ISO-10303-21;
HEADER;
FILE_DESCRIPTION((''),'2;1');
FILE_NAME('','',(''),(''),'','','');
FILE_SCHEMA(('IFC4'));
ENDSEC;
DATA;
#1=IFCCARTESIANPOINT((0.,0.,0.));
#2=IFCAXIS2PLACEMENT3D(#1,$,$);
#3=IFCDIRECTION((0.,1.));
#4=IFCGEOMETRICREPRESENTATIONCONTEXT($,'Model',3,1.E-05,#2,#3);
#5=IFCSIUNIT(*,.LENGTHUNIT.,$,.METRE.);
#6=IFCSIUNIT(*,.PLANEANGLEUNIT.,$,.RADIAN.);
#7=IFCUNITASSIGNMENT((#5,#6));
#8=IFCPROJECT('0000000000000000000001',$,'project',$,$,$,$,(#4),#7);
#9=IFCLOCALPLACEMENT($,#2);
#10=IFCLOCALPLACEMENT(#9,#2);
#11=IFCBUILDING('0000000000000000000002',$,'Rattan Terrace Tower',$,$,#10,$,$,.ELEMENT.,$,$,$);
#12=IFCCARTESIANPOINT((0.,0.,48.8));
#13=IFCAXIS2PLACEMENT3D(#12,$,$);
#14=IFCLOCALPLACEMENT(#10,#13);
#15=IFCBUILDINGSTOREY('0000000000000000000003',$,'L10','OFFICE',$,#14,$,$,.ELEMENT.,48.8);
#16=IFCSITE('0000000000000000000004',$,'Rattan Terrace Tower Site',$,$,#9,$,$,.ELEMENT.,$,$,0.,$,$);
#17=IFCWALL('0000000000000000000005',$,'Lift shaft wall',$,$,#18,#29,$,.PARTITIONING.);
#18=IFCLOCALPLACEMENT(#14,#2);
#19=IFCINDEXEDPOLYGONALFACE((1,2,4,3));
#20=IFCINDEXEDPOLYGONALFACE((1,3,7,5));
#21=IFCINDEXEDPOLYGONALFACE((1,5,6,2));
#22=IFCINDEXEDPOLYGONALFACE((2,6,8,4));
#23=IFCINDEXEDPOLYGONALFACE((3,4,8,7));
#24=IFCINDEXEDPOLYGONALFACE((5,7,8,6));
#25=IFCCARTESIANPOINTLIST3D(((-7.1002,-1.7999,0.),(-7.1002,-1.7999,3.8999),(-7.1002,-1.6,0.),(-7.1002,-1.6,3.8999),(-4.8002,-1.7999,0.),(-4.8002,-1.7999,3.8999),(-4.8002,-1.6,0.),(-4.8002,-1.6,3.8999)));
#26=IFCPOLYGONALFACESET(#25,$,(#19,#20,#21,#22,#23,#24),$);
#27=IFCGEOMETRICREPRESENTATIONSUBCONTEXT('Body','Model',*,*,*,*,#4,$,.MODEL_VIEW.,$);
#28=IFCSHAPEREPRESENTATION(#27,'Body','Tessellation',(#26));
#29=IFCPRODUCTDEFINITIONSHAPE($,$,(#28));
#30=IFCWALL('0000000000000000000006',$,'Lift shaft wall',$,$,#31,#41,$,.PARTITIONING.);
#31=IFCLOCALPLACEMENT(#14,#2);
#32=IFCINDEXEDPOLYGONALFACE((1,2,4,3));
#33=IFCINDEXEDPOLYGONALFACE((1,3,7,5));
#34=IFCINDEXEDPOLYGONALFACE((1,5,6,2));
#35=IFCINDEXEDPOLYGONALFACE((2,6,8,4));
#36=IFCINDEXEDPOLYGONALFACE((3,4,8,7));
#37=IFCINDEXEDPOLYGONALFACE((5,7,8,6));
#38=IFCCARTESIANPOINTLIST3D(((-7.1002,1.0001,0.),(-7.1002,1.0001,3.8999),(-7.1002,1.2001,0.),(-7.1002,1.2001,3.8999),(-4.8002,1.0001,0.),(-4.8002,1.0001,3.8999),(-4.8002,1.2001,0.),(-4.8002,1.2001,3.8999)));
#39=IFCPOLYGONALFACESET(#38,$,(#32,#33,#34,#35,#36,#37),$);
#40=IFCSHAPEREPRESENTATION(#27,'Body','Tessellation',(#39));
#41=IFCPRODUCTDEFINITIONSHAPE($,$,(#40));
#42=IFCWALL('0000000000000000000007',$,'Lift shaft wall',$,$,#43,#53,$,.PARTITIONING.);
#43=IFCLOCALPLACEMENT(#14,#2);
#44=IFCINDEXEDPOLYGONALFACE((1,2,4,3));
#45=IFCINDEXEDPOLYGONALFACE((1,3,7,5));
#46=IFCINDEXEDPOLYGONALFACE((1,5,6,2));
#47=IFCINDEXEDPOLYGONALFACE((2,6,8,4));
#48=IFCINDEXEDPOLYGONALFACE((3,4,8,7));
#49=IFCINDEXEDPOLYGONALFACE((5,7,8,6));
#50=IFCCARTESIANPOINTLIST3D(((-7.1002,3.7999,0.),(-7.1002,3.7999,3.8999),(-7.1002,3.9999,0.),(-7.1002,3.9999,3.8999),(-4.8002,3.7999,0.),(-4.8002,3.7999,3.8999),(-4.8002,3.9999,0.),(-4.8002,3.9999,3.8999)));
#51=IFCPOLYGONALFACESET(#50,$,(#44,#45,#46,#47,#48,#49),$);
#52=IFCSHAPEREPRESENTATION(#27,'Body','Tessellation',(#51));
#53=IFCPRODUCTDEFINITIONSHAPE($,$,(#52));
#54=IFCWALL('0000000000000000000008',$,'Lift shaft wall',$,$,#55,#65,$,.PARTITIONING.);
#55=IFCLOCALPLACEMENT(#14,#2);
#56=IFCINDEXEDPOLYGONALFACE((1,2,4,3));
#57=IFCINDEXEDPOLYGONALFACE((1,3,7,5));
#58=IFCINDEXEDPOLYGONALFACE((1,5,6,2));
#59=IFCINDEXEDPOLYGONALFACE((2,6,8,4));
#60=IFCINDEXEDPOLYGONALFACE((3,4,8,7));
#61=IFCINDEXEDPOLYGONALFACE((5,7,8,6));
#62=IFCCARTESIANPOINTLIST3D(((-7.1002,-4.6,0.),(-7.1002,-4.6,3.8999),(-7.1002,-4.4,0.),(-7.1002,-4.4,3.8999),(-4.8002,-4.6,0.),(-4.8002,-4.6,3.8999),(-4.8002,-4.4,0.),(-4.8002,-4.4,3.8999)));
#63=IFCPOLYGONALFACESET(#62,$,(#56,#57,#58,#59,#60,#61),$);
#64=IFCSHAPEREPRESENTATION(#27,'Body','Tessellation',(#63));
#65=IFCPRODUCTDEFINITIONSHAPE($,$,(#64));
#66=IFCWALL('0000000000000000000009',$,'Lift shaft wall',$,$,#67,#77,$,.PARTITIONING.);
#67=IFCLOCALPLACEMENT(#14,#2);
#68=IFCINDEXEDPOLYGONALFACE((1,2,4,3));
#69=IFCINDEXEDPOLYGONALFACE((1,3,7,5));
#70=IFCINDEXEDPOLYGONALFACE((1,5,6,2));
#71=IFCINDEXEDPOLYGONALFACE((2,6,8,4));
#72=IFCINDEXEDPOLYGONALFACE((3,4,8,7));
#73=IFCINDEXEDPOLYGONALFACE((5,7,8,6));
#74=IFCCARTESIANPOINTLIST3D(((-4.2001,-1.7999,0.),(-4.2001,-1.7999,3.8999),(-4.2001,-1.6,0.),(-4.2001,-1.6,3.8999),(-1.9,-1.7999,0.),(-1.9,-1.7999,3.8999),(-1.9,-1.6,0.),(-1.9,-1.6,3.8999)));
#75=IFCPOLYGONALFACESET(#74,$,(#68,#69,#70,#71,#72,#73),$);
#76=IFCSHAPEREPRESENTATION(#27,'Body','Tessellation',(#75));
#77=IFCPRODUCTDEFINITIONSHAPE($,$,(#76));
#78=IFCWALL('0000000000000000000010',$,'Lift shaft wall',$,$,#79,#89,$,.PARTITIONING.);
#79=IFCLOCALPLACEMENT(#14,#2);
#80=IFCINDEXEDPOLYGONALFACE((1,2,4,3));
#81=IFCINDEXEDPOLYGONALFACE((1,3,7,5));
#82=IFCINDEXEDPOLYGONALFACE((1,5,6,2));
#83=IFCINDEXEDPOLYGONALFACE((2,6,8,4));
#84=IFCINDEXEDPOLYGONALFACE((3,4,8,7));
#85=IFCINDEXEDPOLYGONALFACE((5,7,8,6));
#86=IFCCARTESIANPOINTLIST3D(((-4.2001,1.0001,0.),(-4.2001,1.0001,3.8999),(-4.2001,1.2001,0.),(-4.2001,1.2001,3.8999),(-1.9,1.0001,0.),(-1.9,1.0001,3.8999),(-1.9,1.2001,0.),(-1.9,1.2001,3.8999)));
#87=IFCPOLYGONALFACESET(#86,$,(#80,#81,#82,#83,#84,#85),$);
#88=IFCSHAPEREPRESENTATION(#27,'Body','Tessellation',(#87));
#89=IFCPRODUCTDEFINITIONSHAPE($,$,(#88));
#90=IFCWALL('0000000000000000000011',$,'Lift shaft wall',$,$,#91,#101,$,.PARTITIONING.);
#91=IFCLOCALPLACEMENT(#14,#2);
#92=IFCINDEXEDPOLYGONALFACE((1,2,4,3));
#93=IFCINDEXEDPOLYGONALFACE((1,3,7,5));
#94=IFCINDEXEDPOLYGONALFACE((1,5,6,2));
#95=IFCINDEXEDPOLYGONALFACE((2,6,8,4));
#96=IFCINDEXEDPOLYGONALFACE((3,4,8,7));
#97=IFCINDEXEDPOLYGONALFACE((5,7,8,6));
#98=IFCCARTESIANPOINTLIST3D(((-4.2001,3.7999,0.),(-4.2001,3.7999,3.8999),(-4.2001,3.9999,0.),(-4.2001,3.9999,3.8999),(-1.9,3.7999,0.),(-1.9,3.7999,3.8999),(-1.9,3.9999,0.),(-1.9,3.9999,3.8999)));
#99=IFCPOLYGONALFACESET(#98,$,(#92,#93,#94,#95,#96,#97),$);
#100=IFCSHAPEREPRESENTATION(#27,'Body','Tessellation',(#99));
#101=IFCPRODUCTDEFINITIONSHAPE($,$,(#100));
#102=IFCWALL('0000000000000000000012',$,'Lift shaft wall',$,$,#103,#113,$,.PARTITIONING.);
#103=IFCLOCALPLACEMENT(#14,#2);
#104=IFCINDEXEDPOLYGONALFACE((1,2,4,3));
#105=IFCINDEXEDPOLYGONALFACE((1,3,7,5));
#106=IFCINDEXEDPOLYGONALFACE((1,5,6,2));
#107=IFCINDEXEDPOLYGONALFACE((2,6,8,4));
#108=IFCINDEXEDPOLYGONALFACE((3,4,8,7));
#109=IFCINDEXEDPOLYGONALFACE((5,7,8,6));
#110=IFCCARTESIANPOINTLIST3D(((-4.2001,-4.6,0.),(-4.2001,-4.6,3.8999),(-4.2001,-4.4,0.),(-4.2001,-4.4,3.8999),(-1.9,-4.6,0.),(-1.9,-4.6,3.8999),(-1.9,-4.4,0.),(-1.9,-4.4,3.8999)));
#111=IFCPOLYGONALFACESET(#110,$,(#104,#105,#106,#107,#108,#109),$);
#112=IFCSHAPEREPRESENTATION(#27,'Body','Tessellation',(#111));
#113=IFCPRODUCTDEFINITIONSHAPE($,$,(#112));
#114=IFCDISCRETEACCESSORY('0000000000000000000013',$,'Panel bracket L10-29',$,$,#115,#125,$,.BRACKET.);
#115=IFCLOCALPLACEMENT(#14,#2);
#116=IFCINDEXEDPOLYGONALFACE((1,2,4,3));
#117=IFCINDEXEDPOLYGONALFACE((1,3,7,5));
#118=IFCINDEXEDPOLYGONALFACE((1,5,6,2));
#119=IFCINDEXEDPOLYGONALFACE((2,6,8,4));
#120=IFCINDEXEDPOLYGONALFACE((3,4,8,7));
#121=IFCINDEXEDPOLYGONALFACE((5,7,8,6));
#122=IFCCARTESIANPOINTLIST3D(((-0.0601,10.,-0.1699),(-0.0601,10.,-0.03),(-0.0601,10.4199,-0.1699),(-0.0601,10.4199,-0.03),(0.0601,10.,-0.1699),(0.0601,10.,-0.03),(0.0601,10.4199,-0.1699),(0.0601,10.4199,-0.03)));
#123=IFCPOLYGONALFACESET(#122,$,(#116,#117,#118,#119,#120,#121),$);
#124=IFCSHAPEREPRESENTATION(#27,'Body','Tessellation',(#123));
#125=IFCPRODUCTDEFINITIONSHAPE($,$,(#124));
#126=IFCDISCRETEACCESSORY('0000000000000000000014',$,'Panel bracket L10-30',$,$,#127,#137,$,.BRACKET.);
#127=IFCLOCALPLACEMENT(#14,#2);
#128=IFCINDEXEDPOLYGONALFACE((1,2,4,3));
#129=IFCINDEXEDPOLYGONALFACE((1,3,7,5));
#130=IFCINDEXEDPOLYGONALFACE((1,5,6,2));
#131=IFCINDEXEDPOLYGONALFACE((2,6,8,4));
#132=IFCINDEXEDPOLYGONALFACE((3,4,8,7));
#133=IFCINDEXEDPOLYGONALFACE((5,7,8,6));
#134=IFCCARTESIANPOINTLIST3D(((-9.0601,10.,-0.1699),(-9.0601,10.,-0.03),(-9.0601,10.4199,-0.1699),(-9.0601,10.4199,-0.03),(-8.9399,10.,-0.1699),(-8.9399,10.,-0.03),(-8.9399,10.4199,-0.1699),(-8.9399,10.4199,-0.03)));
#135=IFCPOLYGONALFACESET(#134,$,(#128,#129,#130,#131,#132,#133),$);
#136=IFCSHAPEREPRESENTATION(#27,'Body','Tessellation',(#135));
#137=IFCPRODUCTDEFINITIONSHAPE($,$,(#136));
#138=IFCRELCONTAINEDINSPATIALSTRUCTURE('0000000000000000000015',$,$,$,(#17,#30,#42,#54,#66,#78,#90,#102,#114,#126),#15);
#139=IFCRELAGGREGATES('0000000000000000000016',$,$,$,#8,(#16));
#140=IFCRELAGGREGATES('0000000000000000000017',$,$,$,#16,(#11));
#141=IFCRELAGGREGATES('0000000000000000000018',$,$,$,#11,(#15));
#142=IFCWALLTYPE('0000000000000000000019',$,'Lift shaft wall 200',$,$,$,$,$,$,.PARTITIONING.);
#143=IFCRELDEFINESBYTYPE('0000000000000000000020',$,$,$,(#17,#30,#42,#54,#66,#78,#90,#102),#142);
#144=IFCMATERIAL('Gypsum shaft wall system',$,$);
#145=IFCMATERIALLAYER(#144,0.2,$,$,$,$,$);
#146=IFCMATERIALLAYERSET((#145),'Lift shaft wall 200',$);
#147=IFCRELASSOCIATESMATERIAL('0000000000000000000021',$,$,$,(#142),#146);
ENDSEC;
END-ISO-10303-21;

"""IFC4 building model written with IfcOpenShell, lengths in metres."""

from ifc_helpers import new_model, si_unit, direction, frame, frame_2d, origin, origin_2d, place, context, subcontext, project, spatial, rectangle, extrude, material, layer, layer_set, type_object, element, save


model = new_model("IFC4")

# Units and contexts
model_context = context("Model", 3, precision=1e-05, world=origin(), true_north=direction((0.0, 1.0)))
body_context = subcontext(model_context, "Body", "Model", "MODEL_VIEW")
ifc_project = project(units=[si_unit("LENGTHUNIT", "METRE"), si_unit("PLANEANGLEUNIT", "RADIAN")], contexts=[model_context])

# Site, building, storey
site_placement = place(None, origin())
site = spatial("IfcSite", under=ifc_project, at=site_placement, Name="Rattan Terrace Tower Site", CompositionType="ELEMENT", RefElevation=0.0)
building_placement = place(site_placement, origin())
building = spatial("IfcBuilding", under=site, at=building_placement, Name="Rattan Terrace Tower", CompositionType="ELEMENT")
storey_placement = place(building_placement, frame((0.0, 0.0, 48.8)))
storey = spatial("IfcBuildingStorey", under=building, at=storey_placement, Name="L10", Description="OFFICE", CompositionType="ELEMENT", Elevation=48.8)

# Walls
ifc_material_1 = material(Name="Gypsum shaft wall system")
ifc_layer_1 = layer(ifc_material_1, 0.2)
ifc_layer_set_1 = layer_set([ifc_layer_1], Name="Lift shaft wall 200")
wall_type = type_object("IfcWallType", Name="Lift shaft wall 200", PredefinedType="PARTITIONING", material=ifc_layer_set_1)
for number, where, z_axis, x_axis, name in (
    (1, (-7.1001, -1.7, 0.0), (0.0, 0.0, 1.0), (1.0, 0.0, 0.0), "Lift shaft wall"),
    (2, (-7.1001, 1.1001, 0.0), (0.0, 0.0, 1.0), (1.0, 0.0, 0.0), "Lift shaft wall"),
    (3, (-7.1001, 3.8999, 0.0), (0.0, 0.0, 1.0), (1.0, 0.0, 0.0), "Lift shaft wall"),
    (4, (-7.1001, -4.5, 0.0), (0.0, 0.0, 1.0), (1.0, 0.0, 0.0), "Lift shaft wall"),
    (5, (-4.2, -1.7, 0.0), (0.0, 0.0, 1.0), (1.0, 0.0, 0.0), "Lift shaft wall"),
    (6, (-4.2, 1.1001, 0.0), (0.0, 0.0, 1.0), (1.0, 0.0, 0.0), "Lift shaft wall"),
    (7, (-4.2, 3.8999, 0.0), (0.0, 0.0, 1.0), (1.0, 0.0, 0.0), "Lift shaft wall"),
    (8, (-4.2, -4.5, 0.0), (0.0, 0.0, 1.0), (1.0, 0.0, 0.0), "Lift shaft wall"),
):
    element("IfcWall", number, at=place(storey_placement, frame(where, z_axis=z_axis, x_axis=x_axis)), inside=storey, type_object=wall_type, Name=name, PredefinedType="PARTITIONING", context=body_context, shape_type="SweptSolid", body=[
        extrude(rectangle(XDim=2.3, YDim=0.2, at=frame_2d((1.1499, 0.0))), origin(), (0.0, 0.0, 1.0), 3.8999),
    ])

# Discrete accessories
for number, where, z_axis, x_axis, name in (
    (9, (0.0, 10.21, -0.1699), (0.0, 0.0, 1.0), (-1.0, 0.0, 0.0), "Panel bracket L10-29"),
    (10, (-9.0, 10.21, -0.1699), (0.0, 0.0, 1.0), (-1.0, 0.0, 0.0), "Panel bracket L10-30"),
):
    element("IfcDiscreteAccessory", number, at=place(storey_placement, frame(where, z_axis=z_axis, x_axis=x_axis)), inside=storey, Name=name, PredefinedType="BRACKET", context=body_context, shape_type="SweptSolid", body=[
        extrude(rectangle(XDim=0.1201, YDim=0.4199, at=origin_2d()), origin(), (0.0, 0.0, 1.0), 0.1399),
    ])

save(model, "model.ifc")
